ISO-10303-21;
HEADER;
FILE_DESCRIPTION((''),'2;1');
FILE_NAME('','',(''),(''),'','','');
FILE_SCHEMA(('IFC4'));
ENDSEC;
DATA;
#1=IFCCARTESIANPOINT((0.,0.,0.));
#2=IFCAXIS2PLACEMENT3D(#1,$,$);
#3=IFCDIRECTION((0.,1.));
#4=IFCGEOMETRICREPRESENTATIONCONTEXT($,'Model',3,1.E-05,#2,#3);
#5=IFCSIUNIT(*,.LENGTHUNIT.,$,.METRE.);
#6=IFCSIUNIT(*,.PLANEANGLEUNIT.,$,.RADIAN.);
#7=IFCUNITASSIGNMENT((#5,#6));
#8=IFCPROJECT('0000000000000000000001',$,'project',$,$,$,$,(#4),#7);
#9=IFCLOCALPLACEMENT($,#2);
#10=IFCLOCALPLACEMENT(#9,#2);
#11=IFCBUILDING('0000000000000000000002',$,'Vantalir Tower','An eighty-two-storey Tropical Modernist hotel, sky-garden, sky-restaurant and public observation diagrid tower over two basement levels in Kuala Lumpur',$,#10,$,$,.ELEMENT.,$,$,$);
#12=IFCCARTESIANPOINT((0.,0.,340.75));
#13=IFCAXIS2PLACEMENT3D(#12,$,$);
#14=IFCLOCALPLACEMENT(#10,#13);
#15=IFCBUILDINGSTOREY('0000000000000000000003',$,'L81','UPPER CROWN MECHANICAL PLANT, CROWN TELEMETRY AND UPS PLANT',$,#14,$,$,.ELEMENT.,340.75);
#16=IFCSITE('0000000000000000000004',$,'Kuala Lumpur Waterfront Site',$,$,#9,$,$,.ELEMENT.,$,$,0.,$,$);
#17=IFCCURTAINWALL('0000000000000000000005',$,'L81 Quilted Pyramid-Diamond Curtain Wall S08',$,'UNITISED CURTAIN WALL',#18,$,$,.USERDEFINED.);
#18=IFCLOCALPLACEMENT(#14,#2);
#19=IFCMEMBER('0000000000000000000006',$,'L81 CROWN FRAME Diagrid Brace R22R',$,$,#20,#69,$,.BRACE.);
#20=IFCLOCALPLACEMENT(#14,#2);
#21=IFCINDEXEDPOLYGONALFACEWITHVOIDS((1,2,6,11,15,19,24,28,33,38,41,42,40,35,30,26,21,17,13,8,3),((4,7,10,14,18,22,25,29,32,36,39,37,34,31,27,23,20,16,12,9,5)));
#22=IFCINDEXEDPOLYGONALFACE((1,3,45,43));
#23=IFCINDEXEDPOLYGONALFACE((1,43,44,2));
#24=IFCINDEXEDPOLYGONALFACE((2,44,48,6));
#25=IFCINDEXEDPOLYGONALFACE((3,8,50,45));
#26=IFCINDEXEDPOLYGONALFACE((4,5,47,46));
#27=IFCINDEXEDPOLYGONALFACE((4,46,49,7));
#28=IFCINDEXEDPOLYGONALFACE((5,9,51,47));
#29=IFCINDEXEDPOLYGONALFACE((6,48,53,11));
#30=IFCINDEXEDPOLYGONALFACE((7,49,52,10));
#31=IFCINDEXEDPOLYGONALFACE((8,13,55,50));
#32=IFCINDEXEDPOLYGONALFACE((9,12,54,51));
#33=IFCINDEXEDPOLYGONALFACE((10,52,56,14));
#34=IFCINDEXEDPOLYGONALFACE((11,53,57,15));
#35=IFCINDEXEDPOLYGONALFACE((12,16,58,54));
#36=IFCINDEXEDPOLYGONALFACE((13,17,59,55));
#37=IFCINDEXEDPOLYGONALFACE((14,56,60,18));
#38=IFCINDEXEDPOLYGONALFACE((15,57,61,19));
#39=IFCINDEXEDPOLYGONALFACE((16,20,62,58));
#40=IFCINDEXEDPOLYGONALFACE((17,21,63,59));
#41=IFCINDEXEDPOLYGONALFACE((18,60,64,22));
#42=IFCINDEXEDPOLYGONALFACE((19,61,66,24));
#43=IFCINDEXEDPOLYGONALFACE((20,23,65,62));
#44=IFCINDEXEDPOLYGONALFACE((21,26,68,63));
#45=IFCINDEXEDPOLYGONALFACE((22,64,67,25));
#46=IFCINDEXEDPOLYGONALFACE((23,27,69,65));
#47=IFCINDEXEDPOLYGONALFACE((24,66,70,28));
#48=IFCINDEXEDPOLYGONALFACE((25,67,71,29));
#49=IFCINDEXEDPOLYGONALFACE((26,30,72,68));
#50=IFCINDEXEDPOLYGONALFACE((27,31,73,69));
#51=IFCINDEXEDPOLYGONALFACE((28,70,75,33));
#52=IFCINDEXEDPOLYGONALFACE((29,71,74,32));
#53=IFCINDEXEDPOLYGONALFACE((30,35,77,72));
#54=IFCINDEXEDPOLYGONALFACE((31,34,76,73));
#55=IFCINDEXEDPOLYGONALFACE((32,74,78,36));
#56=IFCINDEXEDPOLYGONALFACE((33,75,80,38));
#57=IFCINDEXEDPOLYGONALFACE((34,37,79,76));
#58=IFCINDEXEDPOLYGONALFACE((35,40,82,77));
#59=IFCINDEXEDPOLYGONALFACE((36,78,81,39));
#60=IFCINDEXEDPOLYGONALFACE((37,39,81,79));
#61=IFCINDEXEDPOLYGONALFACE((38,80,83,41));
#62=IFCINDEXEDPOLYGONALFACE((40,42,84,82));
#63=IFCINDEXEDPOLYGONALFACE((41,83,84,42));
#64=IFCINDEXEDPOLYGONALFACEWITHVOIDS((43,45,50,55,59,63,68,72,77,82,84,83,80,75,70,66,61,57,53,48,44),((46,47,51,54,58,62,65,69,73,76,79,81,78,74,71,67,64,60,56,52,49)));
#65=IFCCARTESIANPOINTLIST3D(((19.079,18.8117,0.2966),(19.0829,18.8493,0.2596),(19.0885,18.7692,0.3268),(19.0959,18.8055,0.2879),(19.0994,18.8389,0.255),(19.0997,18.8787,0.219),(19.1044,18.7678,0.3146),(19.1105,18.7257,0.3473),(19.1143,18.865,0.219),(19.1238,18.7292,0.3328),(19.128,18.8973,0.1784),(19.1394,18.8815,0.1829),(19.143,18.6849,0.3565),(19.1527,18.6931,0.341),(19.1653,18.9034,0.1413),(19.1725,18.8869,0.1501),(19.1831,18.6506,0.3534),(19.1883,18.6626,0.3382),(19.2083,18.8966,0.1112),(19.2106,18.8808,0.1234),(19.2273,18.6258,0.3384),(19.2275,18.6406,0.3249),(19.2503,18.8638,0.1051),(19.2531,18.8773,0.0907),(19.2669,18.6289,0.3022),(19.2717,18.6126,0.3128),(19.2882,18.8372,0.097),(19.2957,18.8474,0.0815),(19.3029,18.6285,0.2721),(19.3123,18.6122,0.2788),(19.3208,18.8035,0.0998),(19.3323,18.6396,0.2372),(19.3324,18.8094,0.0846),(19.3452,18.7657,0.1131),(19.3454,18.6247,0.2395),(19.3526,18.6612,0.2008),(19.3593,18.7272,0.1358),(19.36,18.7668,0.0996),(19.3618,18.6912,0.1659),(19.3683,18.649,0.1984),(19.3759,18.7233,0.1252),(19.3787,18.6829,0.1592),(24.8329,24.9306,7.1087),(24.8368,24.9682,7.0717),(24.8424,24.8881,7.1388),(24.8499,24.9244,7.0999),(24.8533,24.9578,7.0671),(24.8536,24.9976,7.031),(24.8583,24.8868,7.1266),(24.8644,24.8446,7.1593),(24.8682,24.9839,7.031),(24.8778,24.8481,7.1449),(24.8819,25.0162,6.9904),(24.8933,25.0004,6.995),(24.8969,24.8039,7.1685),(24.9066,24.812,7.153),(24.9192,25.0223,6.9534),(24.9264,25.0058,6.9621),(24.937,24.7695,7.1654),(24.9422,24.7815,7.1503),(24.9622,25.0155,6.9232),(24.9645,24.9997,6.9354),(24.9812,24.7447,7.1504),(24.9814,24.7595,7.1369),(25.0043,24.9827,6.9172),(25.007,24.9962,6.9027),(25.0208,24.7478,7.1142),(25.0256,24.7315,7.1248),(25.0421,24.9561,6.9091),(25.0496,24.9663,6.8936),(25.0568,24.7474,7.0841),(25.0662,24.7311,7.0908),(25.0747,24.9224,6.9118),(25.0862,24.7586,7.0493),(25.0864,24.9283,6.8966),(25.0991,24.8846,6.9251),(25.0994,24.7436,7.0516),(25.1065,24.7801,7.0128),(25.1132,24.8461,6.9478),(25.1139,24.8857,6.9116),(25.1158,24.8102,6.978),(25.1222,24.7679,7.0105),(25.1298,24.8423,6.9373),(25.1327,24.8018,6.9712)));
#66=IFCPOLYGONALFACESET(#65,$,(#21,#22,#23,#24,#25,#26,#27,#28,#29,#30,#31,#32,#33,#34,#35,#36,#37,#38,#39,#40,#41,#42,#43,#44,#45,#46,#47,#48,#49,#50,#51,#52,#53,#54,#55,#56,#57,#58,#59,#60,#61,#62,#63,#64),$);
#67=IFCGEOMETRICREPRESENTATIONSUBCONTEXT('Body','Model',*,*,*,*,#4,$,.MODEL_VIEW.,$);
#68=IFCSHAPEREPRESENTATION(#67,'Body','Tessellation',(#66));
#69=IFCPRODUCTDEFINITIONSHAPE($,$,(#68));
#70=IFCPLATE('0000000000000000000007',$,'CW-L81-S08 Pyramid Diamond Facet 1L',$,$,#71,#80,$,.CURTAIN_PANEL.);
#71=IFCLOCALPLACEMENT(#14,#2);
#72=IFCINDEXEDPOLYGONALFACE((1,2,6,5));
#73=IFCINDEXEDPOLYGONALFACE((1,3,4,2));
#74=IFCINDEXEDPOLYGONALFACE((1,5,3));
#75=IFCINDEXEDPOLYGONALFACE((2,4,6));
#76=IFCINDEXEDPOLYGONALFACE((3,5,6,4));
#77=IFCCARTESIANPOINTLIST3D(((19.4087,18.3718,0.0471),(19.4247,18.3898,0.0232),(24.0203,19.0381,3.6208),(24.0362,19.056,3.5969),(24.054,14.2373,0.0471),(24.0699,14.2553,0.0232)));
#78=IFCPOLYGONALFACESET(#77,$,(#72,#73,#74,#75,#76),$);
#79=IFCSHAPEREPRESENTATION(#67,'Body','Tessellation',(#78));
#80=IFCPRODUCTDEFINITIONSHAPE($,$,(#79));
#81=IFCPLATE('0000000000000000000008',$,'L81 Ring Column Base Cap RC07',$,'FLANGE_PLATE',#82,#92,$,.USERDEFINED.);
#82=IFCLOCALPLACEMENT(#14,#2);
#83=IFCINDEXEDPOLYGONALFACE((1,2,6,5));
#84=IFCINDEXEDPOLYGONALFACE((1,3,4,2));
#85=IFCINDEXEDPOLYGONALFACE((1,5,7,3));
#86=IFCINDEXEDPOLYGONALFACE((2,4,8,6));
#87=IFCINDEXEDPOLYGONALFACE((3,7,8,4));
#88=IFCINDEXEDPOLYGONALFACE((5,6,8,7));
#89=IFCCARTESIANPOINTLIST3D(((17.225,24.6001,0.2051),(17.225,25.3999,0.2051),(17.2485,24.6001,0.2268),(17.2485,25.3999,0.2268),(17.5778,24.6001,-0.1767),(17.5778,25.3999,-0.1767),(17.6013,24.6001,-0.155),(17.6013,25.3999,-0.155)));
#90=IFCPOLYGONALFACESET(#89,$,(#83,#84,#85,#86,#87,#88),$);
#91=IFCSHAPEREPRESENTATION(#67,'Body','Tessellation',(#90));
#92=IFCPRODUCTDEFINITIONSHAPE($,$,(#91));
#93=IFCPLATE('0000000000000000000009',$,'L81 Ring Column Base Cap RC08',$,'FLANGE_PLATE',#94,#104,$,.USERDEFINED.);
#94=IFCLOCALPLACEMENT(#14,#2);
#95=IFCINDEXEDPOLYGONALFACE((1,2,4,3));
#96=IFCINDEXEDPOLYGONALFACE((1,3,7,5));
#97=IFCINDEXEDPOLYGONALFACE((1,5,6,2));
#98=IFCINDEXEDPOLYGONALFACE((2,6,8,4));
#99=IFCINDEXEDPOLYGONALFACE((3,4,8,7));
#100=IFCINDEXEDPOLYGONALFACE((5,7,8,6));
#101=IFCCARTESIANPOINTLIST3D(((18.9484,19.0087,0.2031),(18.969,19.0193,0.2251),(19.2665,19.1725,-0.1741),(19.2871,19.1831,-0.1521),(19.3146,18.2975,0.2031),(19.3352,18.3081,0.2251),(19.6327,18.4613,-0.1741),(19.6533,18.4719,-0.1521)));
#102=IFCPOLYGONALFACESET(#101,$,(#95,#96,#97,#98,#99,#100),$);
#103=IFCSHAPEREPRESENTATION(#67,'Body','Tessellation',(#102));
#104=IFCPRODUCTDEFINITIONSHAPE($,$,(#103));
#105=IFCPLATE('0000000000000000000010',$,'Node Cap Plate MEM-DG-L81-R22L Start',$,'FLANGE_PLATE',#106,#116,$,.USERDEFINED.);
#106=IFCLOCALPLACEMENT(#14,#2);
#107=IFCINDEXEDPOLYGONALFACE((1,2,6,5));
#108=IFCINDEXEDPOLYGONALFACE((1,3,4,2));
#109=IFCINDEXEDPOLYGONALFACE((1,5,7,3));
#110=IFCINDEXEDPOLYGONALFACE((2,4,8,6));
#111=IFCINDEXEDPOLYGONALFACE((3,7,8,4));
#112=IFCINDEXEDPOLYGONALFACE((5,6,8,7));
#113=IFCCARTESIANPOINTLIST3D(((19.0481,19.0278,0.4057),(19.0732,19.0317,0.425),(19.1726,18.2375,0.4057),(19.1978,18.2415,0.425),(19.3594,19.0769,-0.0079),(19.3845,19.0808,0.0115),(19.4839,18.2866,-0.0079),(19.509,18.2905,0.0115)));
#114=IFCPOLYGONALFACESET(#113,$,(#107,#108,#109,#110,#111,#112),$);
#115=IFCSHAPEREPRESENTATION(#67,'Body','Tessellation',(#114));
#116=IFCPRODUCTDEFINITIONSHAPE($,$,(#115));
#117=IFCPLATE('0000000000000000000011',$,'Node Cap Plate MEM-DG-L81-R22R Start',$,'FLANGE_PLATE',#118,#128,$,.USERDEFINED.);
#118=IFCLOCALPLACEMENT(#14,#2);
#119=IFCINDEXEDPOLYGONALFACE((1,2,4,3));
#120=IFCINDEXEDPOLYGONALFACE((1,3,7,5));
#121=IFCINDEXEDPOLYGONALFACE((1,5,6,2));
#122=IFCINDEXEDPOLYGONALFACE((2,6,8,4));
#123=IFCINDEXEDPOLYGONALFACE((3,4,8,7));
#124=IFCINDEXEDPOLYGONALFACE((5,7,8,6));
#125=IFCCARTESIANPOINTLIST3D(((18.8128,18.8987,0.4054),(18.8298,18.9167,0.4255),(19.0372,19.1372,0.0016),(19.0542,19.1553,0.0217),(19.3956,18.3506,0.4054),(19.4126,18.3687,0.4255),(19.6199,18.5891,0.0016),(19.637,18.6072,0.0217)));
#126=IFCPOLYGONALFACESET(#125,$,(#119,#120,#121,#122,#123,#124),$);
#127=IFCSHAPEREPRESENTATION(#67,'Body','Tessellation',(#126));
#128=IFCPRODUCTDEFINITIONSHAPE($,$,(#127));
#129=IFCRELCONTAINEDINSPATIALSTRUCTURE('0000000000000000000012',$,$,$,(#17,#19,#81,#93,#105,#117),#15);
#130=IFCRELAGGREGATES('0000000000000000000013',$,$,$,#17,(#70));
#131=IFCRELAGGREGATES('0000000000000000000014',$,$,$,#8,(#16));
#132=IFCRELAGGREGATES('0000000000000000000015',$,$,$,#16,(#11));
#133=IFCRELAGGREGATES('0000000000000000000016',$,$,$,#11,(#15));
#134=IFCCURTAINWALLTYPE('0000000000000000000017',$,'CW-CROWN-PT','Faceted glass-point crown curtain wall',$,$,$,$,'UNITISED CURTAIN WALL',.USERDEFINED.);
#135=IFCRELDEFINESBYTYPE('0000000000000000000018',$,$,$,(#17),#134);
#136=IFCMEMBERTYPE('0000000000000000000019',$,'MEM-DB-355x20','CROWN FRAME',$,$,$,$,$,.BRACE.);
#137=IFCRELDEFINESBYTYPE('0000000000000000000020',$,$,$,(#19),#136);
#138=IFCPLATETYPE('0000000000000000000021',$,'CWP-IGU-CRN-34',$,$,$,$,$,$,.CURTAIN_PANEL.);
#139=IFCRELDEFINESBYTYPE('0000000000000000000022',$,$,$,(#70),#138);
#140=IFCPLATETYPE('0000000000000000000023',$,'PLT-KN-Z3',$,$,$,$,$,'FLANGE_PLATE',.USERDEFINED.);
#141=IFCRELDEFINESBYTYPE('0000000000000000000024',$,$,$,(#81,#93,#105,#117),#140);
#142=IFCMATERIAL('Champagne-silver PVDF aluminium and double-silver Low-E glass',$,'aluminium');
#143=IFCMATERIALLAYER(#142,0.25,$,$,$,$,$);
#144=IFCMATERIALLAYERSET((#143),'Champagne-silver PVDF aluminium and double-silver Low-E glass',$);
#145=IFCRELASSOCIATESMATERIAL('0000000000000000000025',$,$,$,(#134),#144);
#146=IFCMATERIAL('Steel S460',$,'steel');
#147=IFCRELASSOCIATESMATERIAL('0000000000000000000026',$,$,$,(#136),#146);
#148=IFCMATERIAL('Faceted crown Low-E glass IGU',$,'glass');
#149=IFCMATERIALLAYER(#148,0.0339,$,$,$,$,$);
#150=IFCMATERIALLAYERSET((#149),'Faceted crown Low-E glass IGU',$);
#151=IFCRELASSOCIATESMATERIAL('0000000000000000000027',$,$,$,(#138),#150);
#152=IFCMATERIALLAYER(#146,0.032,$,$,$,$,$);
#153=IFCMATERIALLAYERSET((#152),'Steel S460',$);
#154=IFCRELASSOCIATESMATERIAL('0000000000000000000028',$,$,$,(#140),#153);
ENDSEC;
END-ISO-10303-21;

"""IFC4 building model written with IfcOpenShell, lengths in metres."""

from ifc_helpers import new_model, si_unit, direction, frame, origin, origin_2d, place, context, subcontext, project, spatial, polyline, hollow_circle, outline, extrude, material, layer, layer_set, material_profile, profile_set, type_object, element, aggregate, save


model = new_model("IFC4")

# Units and contexts
model_context = context("Model", 3, precision=1e-05, world=origin(), true_north=direction((0.0, 1.0)))
body_context = subcontext(model_context, "Body", "Model", "MODEL_VIEW")
ifc_project = project(units=[si_unit("LENGTHUNIT", "METRE"), si_unit("PLANEANGLEUNIT", "RADIAN")], contexts=[model_context])

# Site, building, storey
site_placement = place(None, origin())
site = spatial("IfcSite", under=ifc_project, at=site_placement, Name="Kuala Lumpur Waterfront Site", CompositionType="ELEMENT", RefElevation=0.0)
building_placement = place(site_placement, origin())
building = spatial("IfcBuilding", under=site, at=building_placement, Name="Vantalir Tower", Description="An eighty-two-storey Tropical Modernist hotel, sky-garden, sky-restaurant and public observation diagrid tower over two basement levels in Kuala Lumpur", CompositionType="ELEMENT")
storey_placement = place(building_placement, frame((0.0, 0.0, 340.75)))
storey = spatial("IfcBuildingStorey", under=building, at=storey_placement, Name="L81", Description="UPPER CROWN MECHANICAL PLANT, CROWN TELEMETRY AND UPS PLANT", CompositionType="ELEMENT", Elevation=340.75)

# Shared definitions
ifc_material_1 = material(Name="Steel S460", Category="steel")

# Shared definitions
ifc_material_2 = material(Name="Champagne-silver PVDF aluminium and double-silver Low-E glass", Category="aluminium")
ifc_layer_1 = layer(ifc_material_2, 0.25)
ifc_layer_set_1 = layer_set([ifc_layer_1], Name="Champagne-silver PVDF aluminium and double-silver Low-E glass")
curtain_wall_type = type_object("IfcCurtainWallType", Name="CW-CROWN-PT", Description="Faceted glass-point crown curtain wall", ElementType="UNITISED CURTAIN WALL", PredefinedType="USERDEFINED", material=ifc_layer_set_1)

# Curtain wall
curtain_wall_1_placement = place(storey_placement, origin())
curtain_wall_1 = element("IfcCurtainWall", 1, at=curtain_wall_1_placement, inside=storey, type_object=curtain_wall_type, Name="L81 Quilted Pyramid-Diamond Curtain Wall S08", ObjectType="UNITISED CURTAIN WALL", PredefinedType="USERDEFINED")

# Member
ifc_material_profile_1 = material_profile(ifc_material_1, hollow_circle(Radius=0.1775, WallThickness=0.02, at=origin_2d()), Name="Steel S460")
ifc_profile_set_1 = profile_set([ifc_material_profile_1], Name="Steel S460")
member_type_1 = type_object("IfcMemberType", Name="MEM-DB-355x20", Description="CROWN FRAME", PredefinedType="BRACE", material=ifc_profile_set_1)
member_1_placement = place(storey_placement, frame((19.229, 18.7571, 0.219), z_axis=(0.532058, 0.565809, 0.6299), x_axis=(-0.7285, 0.685045, 0.0)))
element("IfcMember", 2, at=member_1_placement, inside=storey, type_object=member_type_1, Name="L81 CROWN FRAME Diagrid Brace R22R", PredefinedType="BRACE", context=body_context, shape_type="SweptSolid", body=[
    extrude(hollow_circle(Radius=0.1775, WallThickness=0.02, at=origin_2d()), origin(), (0.0, 0.0, 1.0), 10.8145),
])

# Plate
ifc_material_3 = material(Name="Faceted crown Low-E glass IGU", Category="glass")
ifc_layer_2 = layer(ifc_material_3, 0.0339)
ifc_layer_set_2 = layer_set([ifc_layer_2], Name="Faceted crown Low-E glass IGU")
plate_type_1 = type_object("IfcPlateType", Name="CWP-IGU-CRN-34", PredefinedType="CURTAIN_PANEL", material=ifc_layer_set_2)
plate_1_placement = place(storey_placement, frame((19.4087, 18.3718, 0.0471), z_axis=(-0.470781, -0.528937, 0.70611), x_axis=(0.746978, -0.664849, 0.0)))
plate_1 = element("IfcPlate", 3, at=plate_1_placement, type_object=plate_type_1, Name="CW-L81-S08 Pyramid Diamond Facet 1L", PredefinedType="CURTAIN_PANEL", context=body_context, shape_type="SweptSolid", body=[
    extrude(outline(polyline([(0.0, 0.0), (6.2187, 0.0), (3.0018, 5.0469), (0.0, 0.0)])), origin(), (0.0, 0.0, -1.0), 0.0339),
])
aggregate(curtain_wall_1, [plate_1])

# Plates
ifc_layer_3 = layer(ifc_material_1, 0.032)
ifc_layer_set_3 = layer_set([ifc_layer_3], Name="Steel S460")
plate_type_2 = type_object("IfcPlateType", Name="PLT-KN-Z3", ElementType="FLANGE_PLATE", PredefinedType="USERDEFINED", material=ifc_layer_set_3)
plate_2_placement = place(storey_placement, frame((17.6013, 24.6001, -0.155), z_axis=(0.734497, 0.0, 0.678612), x_axis=(0.0, 1.0, 0.0)))
element("IfcPlate", 4, at=plate_2_placement, inside=storey, type_object=plate_type_2, Name="L81 Ring Column Base Cap RC07", ObjectType="FLANGE_PLATE", PredefinedType="USERDEFINED", context=body_context, shape_type="SweptSolid", body=[
    extrude(outline(polyline([(0.0, 0.0), (0.7998, 0.0), (0.7998, 0.5199), (0.0, 0.5199), (0.0, 0.0)])), origin(), (0.0, 0.0, -1.0), 0.032),
])
plate_3_placement = place(storey_placement, frame((19.6533, 18.4719, -0.1521), z_axis=(0.645007, 0.332135, 0.688224), x_axis=(-0.457803, 0.889054, 0.0)))
element("IfcPlate", 5, at=plate_3_placement, inside=storey, type_object=plate_type_2, Name="L81 Ring Column Base Cap RC08", ObjectType="FLANGE_PLATE", PredefinedType="USERDEFINED", context=body_context, shape_type="SweptSolid", body=[
    extrude(outline(polyline([(0.0, 0.0), (0.7999, 0.0), (0.7999, 0.5199), (0.0, 0.5199), (0.0, 0.0)])), origin(), (0.0, 0.0, -1.0), 0.032),
])
plate_4_placement = place(storey_placement, frame((19.509, 18.2905, 0.0115), z_axis=(0.785721, 0.123793, 0.606067), x_axis=(-0.155633, 0.987815, 0.0)))
element("IfcPlate", 6, at=plate_4_placement, inside=storey, type_object=plate_type_2, Name="Node Cap Plate MEM-DG-L81-R22L Start", ObjectType="FLANGE_PLATE", PredefinedType="USERDEFINED", context=body_context, shape_type="SweptSolid", body=[
    extrude(outline(polyline([(0.0, 0.0), (0.8, 0.0), (0.8, 0.5199), (0.0, 0.5199), (0.0, 0.0)])), origin(), (0.0, 0.0, -1.0), 0.032),
])
plate_5_placement = place(storey_placement, frame((19.637, 18.6072, 0.0217), z_axis=(0.532127, 0.565784, 0.629864), x_axis=(-0.728442, 0.685108, 0.0)))
element("IfcPlate", 7, at=plate_5_placement, inside=storey, type_object=plate_type_2, Name="Node Cap Plate MEM-DG-L81-R22R Start", ObjectType="FLANGE_PLATE", PredefinedType="USERDEFINED", context=body_context, shape_type="SweptSolid", body=[
    extrude(outline(polyline([(0.0, 0.0), (0.8, 0.0), (0.8, 0.5199), (0.0, 0.5199), (0.0, 0.0)])), origin(), (0.0, 0.0, -1.0), 0.032),
])

save(model, "model.ifc")
